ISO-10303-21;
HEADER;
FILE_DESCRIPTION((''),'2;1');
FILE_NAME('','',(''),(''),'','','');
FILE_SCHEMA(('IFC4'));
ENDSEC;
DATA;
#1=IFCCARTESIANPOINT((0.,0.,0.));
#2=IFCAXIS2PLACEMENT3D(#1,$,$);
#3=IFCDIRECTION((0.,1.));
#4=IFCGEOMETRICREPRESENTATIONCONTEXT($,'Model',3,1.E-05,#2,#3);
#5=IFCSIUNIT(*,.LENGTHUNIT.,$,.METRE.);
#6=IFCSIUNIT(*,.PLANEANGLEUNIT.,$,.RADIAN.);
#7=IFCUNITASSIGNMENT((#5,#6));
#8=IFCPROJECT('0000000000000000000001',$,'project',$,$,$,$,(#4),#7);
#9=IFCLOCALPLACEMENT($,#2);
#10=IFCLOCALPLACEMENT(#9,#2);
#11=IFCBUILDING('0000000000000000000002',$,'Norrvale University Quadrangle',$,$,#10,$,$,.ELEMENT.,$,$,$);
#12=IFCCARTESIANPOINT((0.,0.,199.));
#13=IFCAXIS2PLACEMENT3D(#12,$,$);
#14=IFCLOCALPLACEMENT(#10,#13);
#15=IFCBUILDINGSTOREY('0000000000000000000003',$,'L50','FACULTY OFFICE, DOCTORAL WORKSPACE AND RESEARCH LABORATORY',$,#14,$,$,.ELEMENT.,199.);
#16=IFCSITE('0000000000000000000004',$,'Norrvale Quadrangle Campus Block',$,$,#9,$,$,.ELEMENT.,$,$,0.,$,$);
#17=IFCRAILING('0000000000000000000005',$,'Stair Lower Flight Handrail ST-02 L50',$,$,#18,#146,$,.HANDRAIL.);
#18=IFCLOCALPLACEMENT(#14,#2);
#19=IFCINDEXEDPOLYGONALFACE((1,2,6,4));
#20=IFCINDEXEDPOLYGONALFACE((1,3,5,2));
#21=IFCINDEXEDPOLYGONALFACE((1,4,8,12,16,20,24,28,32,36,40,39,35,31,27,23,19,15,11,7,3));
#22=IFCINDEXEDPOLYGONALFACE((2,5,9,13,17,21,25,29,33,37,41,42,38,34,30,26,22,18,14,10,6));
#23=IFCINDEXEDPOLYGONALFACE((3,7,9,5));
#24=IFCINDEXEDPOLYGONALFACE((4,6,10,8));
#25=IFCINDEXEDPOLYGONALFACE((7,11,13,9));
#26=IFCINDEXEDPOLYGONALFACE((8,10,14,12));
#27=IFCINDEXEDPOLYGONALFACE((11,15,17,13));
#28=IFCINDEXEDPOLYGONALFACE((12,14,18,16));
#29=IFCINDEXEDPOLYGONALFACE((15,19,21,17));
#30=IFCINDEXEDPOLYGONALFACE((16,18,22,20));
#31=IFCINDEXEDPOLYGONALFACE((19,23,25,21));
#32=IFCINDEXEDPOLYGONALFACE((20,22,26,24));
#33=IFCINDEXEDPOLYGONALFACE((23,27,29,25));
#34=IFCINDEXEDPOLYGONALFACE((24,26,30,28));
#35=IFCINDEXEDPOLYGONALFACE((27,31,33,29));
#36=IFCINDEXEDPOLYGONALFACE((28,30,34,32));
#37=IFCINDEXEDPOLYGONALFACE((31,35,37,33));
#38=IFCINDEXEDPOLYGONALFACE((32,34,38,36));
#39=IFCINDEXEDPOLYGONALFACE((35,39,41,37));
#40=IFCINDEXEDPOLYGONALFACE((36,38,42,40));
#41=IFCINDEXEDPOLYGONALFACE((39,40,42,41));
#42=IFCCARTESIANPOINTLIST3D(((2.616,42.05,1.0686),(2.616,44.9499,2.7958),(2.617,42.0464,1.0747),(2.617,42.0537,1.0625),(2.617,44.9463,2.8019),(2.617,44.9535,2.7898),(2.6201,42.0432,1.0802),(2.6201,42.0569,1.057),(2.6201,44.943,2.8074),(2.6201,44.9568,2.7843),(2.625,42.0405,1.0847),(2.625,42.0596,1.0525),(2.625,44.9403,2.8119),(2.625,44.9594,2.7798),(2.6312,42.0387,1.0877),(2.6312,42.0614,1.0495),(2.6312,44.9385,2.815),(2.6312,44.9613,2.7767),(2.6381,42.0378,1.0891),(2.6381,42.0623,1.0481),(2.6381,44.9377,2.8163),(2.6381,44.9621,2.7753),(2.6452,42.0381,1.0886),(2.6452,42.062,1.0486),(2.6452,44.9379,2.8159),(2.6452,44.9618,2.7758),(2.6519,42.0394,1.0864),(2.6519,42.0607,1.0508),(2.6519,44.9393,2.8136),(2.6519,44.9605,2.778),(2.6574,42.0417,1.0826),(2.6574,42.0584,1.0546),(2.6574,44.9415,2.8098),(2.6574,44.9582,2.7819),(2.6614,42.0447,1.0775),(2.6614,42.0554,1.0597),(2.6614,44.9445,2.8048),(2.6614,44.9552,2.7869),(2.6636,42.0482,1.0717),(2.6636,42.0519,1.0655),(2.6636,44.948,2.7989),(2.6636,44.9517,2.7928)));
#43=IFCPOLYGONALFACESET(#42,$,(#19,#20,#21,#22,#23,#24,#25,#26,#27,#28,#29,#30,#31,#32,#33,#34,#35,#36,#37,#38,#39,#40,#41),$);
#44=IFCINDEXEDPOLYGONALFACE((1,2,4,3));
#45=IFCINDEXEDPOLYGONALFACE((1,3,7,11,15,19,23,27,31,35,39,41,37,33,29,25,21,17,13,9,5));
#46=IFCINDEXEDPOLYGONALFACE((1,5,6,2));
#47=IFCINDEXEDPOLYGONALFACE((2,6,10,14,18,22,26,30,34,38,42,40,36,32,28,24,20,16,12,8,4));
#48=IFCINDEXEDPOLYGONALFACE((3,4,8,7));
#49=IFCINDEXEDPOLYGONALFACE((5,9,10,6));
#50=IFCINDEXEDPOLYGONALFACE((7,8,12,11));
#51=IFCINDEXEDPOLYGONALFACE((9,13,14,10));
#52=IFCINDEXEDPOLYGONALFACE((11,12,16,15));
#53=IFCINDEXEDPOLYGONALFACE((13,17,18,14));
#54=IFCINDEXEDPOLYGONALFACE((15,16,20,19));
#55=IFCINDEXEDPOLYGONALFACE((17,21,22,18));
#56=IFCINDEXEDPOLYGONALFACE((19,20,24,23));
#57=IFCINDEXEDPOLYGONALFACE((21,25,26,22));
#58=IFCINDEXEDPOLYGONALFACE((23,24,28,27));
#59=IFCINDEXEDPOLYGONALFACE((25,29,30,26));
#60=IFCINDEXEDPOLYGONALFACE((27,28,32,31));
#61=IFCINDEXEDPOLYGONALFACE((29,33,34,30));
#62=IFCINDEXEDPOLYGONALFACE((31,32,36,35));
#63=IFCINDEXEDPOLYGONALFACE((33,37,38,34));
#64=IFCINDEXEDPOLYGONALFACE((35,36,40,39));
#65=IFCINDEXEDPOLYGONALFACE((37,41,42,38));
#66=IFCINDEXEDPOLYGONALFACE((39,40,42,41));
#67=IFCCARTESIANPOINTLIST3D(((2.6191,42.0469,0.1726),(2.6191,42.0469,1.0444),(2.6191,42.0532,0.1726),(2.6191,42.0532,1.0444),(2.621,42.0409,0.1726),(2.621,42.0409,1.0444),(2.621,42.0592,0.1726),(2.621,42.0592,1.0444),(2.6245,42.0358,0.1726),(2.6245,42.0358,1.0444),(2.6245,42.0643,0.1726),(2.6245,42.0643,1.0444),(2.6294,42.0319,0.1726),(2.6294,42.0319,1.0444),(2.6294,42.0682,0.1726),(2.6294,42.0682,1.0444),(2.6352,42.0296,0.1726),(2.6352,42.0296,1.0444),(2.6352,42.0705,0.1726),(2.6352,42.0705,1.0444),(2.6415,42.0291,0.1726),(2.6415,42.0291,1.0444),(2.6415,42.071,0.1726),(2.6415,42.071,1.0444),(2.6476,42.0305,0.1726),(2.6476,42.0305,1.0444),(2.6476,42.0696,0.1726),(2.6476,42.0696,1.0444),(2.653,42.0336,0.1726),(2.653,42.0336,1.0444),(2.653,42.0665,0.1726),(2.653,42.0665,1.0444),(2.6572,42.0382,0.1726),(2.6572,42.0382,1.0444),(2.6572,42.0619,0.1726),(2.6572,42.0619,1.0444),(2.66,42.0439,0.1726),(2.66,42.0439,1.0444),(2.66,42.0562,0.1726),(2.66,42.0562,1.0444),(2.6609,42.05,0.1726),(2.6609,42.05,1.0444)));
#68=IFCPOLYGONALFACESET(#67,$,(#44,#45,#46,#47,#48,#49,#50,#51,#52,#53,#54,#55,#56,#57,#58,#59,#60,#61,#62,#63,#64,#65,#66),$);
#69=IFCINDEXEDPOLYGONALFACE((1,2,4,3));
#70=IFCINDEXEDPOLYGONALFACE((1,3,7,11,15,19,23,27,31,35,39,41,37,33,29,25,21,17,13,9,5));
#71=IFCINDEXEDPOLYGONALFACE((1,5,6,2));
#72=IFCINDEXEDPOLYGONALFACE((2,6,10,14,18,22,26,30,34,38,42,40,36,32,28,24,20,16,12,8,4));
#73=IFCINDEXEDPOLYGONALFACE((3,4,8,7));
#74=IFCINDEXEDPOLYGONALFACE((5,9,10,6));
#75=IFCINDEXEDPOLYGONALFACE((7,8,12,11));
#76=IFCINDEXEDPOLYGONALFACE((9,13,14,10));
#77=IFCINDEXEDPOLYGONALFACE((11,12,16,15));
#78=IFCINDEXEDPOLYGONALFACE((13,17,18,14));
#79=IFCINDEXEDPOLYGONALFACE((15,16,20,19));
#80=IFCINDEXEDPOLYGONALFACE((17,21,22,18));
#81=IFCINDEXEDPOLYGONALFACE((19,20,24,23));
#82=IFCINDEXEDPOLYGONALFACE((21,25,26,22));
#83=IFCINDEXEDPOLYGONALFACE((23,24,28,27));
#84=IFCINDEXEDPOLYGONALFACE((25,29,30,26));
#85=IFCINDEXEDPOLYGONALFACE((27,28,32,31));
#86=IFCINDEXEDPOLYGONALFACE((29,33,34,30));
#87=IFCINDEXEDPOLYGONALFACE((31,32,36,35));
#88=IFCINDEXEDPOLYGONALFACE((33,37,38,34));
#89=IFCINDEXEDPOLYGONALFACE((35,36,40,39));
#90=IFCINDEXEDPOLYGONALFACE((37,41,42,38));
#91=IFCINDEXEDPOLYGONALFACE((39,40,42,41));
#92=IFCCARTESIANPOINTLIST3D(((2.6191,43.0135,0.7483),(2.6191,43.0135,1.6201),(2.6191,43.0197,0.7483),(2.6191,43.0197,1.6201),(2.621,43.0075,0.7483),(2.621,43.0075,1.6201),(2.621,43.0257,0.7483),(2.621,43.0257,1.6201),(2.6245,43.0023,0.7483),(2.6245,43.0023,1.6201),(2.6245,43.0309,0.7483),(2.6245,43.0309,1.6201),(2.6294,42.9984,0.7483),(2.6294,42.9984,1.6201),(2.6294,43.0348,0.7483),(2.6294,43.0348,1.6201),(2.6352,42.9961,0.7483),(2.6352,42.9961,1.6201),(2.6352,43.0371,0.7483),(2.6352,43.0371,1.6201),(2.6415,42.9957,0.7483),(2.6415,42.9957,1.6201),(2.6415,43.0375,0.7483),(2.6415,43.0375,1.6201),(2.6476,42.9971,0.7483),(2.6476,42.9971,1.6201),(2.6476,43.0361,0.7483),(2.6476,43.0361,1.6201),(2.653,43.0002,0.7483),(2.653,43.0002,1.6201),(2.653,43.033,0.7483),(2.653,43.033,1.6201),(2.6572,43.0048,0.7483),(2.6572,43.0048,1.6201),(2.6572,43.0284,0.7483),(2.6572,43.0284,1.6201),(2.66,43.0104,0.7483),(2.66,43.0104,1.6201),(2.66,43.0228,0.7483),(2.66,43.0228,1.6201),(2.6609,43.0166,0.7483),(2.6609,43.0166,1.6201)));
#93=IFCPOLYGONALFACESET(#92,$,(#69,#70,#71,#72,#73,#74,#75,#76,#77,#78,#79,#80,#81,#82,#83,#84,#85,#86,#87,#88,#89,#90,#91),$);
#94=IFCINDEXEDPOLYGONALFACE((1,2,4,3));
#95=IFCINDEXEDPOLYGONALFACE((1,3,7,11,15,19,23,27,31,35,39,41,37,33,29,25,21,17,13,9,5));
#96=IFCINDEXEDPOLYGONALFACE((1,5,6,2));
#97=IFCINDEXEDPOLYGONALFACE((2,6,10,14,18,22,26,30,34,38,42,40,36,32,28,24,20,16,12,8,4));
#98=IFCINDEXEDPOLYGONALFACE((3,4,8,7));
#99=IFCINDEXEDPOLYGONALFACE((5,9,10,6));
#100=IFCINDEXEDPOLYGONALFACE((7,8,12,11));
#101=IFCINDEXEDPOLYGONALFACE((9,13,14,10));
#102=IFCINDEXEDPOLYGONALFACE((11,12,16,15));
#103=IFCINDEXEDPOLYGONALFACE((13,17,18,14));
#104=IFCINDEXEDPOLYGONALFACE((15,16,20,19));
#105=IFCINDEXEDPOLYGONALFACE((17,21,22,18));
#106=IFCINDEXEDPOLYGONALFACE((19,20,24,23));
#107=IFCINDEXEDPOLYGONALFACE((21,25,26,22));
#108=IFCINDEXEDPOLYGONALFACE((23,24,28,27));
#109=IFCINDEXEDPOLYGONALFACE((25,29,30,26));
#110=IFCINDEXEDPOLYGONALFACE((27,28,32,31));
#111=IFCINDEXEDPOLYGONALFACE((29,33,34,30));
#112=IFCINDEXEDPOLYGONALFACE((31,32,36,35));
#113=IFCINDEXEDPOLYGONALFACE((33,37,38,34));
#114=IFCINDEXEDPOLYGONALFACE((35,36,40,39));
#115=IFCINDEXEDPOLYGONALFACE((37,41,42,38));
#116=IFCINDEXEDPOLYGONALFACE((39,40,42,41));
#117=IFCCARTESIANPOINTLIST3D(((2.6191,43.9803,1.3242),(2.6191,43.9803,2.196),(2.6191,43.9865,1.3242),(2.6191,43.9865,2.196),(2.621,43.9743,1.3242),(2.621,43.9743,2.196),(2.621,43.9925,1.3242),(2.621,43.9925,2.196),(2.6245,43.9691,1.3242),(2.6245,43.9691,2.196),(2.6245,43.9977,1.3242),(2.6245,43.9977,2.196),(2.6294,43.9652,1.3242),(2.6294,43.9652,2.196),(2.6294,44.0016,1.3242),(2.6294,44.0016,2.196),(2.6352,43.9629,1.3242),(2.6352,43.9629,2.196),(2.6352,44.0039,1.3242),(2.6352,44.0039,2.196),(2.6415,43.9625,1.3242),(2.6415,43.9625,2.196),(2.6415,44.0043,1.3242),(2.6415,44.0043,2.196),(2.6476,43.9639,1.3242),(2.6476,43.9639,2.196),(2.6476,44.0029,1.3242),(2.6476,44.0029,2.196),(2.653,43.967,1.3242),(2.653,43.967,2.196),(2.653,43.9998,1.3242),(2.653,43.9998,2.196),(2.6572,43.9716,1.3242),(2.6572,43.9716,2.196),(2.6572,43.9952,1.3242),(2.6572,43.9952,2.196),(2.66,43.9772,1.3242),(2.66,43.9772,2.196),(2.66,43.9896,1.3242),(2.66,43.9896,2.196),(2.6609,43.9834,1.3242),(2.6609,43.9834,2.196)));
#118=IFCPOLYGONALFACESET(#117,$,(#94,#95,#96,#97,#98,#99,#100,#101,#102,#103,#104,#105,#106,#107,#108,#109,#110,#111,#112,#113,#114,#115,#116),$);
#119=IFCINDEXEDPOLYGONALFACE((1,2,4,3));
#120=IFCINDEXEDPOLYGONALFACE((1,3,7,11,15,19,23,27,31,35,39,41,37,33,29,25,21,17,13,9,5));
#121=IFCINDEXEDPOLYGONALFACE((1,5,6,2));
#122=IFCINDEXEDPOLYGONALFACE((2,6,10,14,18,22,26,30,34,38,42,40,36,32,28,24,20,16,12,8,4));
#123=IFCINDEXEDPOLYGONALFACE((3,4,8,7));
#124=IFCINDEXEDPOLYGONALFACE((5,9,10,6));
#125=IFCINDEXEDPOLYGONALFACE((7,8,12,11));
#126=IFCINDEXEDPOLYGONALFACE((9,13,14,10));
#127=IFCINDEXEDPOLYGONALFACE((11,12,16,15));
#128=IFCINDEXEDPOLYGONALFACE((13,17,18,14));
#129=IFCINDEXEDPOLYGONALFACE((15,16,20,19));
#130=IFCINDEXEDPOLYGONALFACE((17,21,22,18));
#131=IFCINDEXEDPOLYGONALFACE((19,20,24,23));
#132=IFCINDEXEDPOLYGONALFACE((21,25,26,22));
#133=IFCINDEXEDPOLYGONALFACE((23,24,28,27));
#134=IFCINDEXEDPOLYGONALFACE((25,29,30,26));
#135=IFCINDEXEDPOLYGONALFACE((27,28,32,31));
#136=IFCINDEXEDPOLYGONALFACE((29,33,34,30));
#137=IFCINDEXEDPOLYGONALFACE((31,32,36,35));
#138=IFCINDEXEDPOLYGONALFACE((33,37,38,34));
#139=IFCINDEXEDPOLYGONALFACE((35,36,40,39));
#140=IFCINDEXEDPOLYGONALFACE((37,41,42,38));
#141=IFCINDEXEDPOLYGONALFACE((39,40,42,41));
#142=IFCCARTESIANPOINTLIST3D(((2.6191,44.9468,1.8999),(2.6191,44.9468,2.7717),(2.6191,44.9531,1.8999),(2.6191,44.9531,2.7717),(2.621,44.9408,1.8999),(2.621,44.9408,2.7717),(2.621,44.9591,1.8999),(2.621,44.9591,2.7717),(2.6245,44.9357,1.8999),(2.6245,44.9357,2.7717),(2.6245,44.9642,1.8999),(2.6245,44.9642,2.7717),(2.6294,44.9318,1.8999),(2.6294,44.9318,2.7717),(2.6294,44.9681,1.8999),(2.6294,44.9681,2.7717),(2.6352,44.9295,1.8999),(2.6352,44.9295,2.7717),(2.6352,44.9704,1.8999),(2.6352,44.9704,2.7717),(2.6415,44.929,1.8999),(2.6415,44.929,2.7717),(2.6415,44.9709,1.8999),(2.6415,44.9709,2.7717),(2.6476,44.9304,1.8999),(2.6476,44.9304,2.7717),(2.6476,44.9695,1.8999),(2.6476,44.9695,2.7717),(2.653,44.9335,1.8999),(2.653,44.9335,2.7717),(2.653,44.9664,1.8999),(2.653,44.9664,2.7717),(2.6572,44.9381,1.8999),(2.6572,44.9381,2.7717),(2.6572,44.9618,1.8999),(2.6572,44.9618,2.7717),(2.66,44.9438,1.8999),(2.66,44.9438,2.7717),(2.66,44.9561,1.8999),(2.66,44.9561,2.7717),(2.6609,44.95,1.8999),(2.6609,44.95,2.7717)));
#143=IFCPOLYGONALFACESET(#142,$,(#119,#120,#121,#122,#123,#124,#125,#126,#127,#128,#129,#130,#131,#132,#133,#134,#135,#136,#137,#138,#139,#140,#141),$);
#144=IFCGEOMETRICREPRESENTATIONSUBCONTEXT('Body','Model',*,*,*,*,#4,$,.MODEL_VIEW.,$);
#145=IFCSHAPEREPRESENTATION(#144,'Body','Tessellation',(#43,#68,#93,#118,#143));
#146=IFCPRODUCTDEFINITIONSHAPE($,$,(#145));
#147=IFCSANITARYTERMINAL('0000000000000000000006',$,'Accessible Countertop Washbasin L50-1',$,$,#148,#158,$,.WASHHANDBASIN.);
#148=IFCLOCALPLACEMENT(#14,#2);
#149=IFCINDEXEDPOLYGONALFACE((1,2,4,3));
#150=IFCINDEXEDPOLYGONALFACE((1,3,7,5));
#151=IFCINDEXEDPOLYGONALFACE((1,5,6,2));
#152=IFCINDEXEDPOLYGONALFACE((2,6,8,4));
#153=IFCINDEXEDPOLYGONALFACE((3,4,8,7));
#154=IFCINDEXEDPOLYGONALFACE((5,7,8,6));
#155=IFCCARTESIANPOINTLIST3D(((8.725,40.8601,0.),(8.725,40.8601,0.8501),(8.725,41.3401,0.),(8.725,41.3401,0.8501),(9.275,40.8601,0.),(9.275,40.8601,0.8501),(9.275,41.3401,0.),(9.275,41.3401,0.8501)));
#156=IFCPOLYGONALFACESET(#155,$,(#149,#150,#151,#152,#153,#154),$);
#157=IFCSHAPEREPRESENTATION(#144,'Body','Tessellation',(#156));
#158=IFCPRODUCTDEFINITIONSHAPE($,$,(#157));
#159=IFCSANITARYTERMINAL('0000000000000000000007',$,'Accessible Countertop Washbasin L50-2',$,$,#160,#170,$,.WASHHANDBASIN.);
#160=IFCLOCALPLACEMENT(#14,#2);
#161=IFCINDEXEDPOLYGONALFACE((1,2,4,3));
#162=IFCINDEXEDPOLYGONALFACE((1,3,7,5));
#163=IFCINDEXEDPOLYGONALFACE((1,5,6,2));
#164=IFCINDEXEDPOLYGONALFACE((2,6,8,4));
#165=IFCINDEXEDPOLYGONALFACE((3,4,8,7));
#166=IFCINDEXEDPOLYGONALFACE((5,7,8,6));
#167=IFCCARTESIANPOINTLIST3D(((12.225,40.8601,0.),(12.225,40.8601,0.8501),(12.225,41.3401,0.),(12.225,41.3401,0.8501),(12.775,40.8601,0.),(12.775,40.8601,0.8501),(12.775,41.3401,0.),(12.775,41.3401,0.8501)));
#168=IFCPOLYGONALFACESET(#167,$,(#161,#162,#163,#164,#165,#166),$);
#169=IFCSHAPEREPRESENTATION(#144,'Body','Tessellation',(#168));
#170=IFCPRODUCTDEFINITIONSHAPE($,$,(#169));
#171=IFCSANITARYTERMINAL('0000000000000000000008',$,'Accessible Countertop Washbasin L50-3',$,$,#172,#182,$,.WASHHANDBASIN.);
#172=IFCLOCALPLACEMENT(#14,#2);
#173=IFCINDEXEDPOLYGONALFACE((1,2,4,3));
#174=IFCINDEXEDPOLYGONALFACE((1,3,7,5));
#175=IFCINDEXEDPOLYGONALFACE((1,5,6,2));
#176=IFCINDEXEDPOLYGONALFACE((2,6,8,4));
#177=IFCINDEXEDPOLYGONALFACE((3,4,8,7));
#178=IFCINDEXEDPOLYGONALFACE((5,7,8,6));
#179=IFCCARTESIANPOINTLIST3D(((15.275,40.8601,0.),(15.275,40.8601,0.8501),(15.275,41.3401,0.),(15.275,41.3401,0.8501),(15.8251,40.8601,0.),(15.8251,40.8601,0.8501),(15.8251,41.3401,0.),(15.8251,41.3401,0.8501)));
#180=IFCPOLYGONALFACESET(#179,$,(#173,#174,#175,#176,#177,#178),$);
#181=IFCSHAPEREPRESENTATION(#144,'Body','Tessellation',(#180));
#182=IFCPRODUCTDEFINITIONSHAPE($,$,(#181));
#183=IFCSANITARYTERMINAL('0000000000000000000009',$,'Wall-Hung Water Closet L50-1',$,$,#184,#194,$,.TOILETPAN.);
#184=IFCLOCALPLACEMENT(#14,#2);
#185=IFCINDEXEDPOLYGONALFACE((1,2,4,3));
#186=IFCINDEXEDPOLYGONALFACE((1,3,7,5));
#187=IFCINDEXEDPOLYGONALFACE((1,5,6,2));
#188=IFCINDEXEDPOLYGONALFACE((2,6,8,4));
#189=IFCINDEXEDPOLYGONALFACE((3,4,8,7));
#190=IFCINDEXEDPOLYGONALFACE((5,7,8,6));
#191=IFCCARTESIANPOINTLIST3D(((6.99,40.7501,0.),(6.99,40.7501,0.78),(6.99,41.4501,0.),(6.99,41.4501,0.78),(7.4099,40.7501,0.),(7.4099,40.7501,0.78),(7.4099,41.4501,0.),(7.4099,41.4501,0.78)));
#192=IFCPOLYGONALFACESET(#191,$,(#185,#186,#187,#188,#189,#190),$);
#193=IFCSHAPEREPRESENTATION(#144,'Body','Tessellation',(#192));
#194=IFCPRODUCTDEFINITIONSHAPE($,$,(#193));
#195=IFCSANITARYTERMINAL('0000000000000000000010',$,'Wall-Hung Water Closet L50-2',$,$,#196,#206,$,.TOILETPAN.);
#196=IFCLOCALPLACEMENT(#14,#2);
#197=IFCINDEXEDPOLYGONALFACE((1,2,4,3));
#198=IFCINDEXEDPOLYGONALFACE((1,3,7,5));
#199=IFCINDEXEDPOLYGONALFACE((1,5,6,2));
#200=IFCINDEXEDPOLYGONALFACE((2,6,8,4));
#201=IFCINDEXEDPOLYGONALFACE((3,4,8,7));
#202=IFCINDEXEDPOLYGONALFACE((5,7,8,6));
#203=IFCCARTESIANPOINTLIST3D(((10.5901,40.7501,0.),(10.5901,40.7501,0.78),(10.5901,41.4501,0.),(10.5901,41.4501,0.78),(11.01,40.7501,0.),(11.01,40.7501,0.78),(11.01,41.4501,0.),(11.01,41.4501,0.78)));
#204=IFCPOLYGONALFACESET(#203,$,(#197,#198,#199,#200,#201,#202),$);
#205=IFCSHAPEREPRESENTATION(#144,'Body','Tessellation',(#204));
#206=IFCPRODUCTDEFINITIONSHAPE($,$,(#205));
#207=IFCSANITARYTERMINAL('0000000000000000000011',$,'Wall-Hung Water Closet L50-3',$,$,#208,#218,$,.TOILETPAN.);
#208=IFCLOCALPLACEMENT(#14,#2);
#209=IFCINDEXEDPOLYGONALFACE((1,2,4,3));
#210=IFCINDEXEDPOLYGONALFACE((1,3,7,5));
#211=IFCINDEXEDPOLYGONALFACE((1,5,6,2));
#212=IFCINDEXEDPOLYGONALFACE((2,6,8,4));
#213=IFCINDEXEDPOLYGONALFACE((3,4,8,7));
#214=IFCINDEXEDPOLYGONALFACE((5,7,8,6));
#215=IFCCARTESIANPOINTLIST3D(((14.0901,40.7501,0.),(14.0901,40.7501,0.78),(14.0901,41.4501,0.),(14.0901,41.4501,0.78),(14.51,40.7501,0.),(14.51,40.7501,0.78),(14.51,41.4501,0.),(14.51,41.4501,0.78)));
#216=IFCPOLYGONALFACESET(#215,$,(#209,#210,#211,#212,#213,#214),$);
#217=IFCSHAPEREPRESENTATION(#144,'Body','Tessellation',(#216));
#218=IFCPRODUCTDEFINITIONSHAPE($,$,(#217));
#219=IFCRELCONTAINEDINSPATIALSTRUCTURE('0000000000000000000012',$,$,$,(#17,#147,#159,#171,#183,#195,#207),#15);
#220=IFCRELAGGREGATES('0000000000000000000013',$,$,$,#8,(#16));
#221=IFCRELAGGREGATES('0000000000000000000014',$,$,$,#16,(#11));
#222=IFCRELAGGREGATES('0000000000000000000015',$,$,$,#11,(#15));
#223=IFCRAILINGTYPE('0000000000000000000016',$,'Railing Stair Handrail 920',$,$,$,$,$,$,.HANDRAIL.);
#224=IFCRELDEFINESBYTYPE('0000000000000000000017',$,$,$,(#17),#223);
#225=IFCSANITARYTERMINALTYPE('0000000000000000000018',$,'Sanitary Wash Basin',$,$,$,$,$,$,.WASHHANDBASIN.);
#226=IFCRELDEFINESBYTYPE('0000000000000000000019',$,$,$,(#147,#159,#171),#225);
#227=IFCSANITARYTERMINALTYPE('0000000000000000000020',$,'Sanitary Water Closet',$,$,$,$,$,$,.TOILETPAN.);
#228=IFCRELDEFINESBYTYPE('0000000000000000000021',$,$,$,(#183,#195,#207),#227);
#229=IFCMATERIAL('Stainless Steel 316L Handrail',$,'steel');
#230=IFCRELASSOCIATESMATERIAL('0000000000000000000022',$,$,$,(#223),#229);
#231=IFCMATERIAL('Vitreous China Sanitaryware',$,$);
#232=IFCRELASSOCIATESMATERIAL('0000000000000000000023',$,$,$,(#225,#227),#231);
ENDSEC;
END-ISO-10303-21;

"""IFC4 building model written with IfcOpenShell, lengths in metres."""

from ifc_helpers import new_model, si_unit, direction, frame, origin, origin_2d, place, context, subcontext, project, spatial, rectangle, circle, extrude, material, type_object, element, save


model = new_model("IFC4")

# Units and contexts
model_context = context("Model", 3, precision=1e-05, world=origin(), true_north=direction((0.0, 1.0)))
body_context = subcontext(model_context, "Body", "Model", "MODEL_VIEW")
ifc_project = project(units=[si_unit("LENGTHUNIT", "METRE"), si_unit("PLANEANGLEUNIT", "RADIAN")], contexts=[model_context])

# Site, building, storey
site_placement = place(None, origin())
site = spatial("IfcSite", under=ifc_project, at=site_placement, Name="Norrvale Quadrangle Campus Block", CompositionType="ELEMENT", RefElevation=0.0)
building_placement = place(site_placement, origin())
building = spatial("IfcBuilding", under=site, at=building_placement, Name="Norrvale University Quadrangle", CompositionType="ELEMENT")
storey_placement = place(building_placement, frame((0.0, 0.0, 199.0)))
storey = spatial("IfcBuildingStorey", under=building, at=storey_placement, Name="L50", Description="FACULTY OFFICE, DOCTORAL WORKSPACE AND RESEARCH LABORATORY", CompositionType="ELEMENT", Elevation=199.0)

# Railing
ifc_material_1 = material(Name="Stainless Steel 316L Handrail", Category="steel")
railing_type_1 = type_object("IfcRailingType", Name="Railing Stair Handrail 920", PredefinedType="HANDRAIL", material=ifc_material_1)
railing_1_placement = place(storey_placement, frame((2.6399, 42.05, 0.1726)))
element("IfcRailing", 1, at=railing_1_placement, inside=storey, type_object=railing_type_1, Name="Stair Lower Flight Handrail ST-02 L50", PredefinedType="HANDRAIL", context=body_context, shape_type="SweptSolid", body=[
    extrude(circle(Radius=0.0239, at=origin_2d()), frame((0.0, 0.0, 0.896), z_axis=(0.0, 0.859141, 0.511738), x_axis=(-1.0, 0.0, 0.0)), (0.0, 0.0, 1.0), 3.3752),
    extrude(circle(Radius=0.021, at=origin_2d()), origin(), (0.0, 0.0, 1.0), 0.8718),
    extrude(circle(Radius=0.021, at=origin_2d()), frame((0.0, 0.9666, 0.5757)), (0.0, 0.0, 1.0), 0.8718),
    extrude(circle(Radius=0.021, at=origin_2d()), frame((0.0, 1.9333, 1.1516)), (0.0, 0.0, 1.0), 0.8718),
    extrude(circle(Radius=0.021, at=origin_2d()), frame((0.0, 2.8999, 1.7273)), (0.0, 0.0, 1.0), 0.8718),
])

# Sanitary terminals
ifc_material_2 = material(Name="Vitreous China Sanitaryware")
sanitary_terminal_type_1 = type_object("IfcSanitaryTerminalType", Name="Sanitary Wash Basin", PredefinedType="WASHHANDBASIN", material=ifc_material_2)
for number, where, z_axis, x_axis, name in (
    (2, (9.0, 41.1001, 0.0), (0.0, 0.0, 1.0), (1.0, 0.0, 0.0), "Accessible Countertop Washbasin L50-1"),
    (3, (12.5, 41.1001, 0.0), (0.0, 0.0, 1.0), (1.0, 0.0, 0.0), "Accessible Countertop Washbasin L50-2"),
    (4, (15.55, 41.1001, 0.0), (0.0, 0.0, 1.0), (1.0, 0.0, 0.0), "Accessible Countertop Washbasin L50-3"),
):
    element("IfcSanitaryTerminal", number, at=place(storey_placement, frame(where, z_axis=z_axis, x_axis=x_axis)), inside=storey, type_object=sanitary_terminal_type_1, Name=name, PredefinedType="WASHHANDBASIN", context=body_context, shape_type="SweptSolid", body=[
        extrude(rectangle(XDim=0.55, YDim=0.48, at=origin_2d()), origin(), (0.0, 0.0, 1.0), 0.8501),
    ])
sanitary_terminal_type_2 = type_object("IfcSanitaryTerminalType", Name="Sanitary Water Closet", PredefinedType="TOILETPAN", material=ifc_material_2)
for number, where, z_axis, x_axis, name in (
    (5, (7.2, 41.1001, 0.0), (0.0, 0.0, 1.0), (1.0, 0.0, 0.0), "Wall-Hung Water Closet L50-1"),
    (6, (10.8, 41.1001, 0.0), (0.0, 0.0, 1.0), (1.0, 0.0, 0.0), "Wall-Hung Water Closet L50-2"),
    (7, (14.3, 41.1001, 0.0), (0.0, 0.0, 1.0), (1.0, 0.0, 0.0), "Wall-Hung Water Closet L50-3"),
):
    element("IfcSanitaryTerminal", number, at=place(storey_placement, frame(where, z_axis=z_axis, x_axis=x_axis)), inside=storey, type_object=sanitary_terminal_type_2, Name=name, PredefinedType="TOILETPAN", context=body_context, shape_type="SweptSolid", body=[
        extrude(rectangle(XDim=0.4199, YDim=0.7, at=origin_2d()), origin(), (0.0, 0.0, 1.0), 0.78),
    ])

save(model, "model.ifc")
